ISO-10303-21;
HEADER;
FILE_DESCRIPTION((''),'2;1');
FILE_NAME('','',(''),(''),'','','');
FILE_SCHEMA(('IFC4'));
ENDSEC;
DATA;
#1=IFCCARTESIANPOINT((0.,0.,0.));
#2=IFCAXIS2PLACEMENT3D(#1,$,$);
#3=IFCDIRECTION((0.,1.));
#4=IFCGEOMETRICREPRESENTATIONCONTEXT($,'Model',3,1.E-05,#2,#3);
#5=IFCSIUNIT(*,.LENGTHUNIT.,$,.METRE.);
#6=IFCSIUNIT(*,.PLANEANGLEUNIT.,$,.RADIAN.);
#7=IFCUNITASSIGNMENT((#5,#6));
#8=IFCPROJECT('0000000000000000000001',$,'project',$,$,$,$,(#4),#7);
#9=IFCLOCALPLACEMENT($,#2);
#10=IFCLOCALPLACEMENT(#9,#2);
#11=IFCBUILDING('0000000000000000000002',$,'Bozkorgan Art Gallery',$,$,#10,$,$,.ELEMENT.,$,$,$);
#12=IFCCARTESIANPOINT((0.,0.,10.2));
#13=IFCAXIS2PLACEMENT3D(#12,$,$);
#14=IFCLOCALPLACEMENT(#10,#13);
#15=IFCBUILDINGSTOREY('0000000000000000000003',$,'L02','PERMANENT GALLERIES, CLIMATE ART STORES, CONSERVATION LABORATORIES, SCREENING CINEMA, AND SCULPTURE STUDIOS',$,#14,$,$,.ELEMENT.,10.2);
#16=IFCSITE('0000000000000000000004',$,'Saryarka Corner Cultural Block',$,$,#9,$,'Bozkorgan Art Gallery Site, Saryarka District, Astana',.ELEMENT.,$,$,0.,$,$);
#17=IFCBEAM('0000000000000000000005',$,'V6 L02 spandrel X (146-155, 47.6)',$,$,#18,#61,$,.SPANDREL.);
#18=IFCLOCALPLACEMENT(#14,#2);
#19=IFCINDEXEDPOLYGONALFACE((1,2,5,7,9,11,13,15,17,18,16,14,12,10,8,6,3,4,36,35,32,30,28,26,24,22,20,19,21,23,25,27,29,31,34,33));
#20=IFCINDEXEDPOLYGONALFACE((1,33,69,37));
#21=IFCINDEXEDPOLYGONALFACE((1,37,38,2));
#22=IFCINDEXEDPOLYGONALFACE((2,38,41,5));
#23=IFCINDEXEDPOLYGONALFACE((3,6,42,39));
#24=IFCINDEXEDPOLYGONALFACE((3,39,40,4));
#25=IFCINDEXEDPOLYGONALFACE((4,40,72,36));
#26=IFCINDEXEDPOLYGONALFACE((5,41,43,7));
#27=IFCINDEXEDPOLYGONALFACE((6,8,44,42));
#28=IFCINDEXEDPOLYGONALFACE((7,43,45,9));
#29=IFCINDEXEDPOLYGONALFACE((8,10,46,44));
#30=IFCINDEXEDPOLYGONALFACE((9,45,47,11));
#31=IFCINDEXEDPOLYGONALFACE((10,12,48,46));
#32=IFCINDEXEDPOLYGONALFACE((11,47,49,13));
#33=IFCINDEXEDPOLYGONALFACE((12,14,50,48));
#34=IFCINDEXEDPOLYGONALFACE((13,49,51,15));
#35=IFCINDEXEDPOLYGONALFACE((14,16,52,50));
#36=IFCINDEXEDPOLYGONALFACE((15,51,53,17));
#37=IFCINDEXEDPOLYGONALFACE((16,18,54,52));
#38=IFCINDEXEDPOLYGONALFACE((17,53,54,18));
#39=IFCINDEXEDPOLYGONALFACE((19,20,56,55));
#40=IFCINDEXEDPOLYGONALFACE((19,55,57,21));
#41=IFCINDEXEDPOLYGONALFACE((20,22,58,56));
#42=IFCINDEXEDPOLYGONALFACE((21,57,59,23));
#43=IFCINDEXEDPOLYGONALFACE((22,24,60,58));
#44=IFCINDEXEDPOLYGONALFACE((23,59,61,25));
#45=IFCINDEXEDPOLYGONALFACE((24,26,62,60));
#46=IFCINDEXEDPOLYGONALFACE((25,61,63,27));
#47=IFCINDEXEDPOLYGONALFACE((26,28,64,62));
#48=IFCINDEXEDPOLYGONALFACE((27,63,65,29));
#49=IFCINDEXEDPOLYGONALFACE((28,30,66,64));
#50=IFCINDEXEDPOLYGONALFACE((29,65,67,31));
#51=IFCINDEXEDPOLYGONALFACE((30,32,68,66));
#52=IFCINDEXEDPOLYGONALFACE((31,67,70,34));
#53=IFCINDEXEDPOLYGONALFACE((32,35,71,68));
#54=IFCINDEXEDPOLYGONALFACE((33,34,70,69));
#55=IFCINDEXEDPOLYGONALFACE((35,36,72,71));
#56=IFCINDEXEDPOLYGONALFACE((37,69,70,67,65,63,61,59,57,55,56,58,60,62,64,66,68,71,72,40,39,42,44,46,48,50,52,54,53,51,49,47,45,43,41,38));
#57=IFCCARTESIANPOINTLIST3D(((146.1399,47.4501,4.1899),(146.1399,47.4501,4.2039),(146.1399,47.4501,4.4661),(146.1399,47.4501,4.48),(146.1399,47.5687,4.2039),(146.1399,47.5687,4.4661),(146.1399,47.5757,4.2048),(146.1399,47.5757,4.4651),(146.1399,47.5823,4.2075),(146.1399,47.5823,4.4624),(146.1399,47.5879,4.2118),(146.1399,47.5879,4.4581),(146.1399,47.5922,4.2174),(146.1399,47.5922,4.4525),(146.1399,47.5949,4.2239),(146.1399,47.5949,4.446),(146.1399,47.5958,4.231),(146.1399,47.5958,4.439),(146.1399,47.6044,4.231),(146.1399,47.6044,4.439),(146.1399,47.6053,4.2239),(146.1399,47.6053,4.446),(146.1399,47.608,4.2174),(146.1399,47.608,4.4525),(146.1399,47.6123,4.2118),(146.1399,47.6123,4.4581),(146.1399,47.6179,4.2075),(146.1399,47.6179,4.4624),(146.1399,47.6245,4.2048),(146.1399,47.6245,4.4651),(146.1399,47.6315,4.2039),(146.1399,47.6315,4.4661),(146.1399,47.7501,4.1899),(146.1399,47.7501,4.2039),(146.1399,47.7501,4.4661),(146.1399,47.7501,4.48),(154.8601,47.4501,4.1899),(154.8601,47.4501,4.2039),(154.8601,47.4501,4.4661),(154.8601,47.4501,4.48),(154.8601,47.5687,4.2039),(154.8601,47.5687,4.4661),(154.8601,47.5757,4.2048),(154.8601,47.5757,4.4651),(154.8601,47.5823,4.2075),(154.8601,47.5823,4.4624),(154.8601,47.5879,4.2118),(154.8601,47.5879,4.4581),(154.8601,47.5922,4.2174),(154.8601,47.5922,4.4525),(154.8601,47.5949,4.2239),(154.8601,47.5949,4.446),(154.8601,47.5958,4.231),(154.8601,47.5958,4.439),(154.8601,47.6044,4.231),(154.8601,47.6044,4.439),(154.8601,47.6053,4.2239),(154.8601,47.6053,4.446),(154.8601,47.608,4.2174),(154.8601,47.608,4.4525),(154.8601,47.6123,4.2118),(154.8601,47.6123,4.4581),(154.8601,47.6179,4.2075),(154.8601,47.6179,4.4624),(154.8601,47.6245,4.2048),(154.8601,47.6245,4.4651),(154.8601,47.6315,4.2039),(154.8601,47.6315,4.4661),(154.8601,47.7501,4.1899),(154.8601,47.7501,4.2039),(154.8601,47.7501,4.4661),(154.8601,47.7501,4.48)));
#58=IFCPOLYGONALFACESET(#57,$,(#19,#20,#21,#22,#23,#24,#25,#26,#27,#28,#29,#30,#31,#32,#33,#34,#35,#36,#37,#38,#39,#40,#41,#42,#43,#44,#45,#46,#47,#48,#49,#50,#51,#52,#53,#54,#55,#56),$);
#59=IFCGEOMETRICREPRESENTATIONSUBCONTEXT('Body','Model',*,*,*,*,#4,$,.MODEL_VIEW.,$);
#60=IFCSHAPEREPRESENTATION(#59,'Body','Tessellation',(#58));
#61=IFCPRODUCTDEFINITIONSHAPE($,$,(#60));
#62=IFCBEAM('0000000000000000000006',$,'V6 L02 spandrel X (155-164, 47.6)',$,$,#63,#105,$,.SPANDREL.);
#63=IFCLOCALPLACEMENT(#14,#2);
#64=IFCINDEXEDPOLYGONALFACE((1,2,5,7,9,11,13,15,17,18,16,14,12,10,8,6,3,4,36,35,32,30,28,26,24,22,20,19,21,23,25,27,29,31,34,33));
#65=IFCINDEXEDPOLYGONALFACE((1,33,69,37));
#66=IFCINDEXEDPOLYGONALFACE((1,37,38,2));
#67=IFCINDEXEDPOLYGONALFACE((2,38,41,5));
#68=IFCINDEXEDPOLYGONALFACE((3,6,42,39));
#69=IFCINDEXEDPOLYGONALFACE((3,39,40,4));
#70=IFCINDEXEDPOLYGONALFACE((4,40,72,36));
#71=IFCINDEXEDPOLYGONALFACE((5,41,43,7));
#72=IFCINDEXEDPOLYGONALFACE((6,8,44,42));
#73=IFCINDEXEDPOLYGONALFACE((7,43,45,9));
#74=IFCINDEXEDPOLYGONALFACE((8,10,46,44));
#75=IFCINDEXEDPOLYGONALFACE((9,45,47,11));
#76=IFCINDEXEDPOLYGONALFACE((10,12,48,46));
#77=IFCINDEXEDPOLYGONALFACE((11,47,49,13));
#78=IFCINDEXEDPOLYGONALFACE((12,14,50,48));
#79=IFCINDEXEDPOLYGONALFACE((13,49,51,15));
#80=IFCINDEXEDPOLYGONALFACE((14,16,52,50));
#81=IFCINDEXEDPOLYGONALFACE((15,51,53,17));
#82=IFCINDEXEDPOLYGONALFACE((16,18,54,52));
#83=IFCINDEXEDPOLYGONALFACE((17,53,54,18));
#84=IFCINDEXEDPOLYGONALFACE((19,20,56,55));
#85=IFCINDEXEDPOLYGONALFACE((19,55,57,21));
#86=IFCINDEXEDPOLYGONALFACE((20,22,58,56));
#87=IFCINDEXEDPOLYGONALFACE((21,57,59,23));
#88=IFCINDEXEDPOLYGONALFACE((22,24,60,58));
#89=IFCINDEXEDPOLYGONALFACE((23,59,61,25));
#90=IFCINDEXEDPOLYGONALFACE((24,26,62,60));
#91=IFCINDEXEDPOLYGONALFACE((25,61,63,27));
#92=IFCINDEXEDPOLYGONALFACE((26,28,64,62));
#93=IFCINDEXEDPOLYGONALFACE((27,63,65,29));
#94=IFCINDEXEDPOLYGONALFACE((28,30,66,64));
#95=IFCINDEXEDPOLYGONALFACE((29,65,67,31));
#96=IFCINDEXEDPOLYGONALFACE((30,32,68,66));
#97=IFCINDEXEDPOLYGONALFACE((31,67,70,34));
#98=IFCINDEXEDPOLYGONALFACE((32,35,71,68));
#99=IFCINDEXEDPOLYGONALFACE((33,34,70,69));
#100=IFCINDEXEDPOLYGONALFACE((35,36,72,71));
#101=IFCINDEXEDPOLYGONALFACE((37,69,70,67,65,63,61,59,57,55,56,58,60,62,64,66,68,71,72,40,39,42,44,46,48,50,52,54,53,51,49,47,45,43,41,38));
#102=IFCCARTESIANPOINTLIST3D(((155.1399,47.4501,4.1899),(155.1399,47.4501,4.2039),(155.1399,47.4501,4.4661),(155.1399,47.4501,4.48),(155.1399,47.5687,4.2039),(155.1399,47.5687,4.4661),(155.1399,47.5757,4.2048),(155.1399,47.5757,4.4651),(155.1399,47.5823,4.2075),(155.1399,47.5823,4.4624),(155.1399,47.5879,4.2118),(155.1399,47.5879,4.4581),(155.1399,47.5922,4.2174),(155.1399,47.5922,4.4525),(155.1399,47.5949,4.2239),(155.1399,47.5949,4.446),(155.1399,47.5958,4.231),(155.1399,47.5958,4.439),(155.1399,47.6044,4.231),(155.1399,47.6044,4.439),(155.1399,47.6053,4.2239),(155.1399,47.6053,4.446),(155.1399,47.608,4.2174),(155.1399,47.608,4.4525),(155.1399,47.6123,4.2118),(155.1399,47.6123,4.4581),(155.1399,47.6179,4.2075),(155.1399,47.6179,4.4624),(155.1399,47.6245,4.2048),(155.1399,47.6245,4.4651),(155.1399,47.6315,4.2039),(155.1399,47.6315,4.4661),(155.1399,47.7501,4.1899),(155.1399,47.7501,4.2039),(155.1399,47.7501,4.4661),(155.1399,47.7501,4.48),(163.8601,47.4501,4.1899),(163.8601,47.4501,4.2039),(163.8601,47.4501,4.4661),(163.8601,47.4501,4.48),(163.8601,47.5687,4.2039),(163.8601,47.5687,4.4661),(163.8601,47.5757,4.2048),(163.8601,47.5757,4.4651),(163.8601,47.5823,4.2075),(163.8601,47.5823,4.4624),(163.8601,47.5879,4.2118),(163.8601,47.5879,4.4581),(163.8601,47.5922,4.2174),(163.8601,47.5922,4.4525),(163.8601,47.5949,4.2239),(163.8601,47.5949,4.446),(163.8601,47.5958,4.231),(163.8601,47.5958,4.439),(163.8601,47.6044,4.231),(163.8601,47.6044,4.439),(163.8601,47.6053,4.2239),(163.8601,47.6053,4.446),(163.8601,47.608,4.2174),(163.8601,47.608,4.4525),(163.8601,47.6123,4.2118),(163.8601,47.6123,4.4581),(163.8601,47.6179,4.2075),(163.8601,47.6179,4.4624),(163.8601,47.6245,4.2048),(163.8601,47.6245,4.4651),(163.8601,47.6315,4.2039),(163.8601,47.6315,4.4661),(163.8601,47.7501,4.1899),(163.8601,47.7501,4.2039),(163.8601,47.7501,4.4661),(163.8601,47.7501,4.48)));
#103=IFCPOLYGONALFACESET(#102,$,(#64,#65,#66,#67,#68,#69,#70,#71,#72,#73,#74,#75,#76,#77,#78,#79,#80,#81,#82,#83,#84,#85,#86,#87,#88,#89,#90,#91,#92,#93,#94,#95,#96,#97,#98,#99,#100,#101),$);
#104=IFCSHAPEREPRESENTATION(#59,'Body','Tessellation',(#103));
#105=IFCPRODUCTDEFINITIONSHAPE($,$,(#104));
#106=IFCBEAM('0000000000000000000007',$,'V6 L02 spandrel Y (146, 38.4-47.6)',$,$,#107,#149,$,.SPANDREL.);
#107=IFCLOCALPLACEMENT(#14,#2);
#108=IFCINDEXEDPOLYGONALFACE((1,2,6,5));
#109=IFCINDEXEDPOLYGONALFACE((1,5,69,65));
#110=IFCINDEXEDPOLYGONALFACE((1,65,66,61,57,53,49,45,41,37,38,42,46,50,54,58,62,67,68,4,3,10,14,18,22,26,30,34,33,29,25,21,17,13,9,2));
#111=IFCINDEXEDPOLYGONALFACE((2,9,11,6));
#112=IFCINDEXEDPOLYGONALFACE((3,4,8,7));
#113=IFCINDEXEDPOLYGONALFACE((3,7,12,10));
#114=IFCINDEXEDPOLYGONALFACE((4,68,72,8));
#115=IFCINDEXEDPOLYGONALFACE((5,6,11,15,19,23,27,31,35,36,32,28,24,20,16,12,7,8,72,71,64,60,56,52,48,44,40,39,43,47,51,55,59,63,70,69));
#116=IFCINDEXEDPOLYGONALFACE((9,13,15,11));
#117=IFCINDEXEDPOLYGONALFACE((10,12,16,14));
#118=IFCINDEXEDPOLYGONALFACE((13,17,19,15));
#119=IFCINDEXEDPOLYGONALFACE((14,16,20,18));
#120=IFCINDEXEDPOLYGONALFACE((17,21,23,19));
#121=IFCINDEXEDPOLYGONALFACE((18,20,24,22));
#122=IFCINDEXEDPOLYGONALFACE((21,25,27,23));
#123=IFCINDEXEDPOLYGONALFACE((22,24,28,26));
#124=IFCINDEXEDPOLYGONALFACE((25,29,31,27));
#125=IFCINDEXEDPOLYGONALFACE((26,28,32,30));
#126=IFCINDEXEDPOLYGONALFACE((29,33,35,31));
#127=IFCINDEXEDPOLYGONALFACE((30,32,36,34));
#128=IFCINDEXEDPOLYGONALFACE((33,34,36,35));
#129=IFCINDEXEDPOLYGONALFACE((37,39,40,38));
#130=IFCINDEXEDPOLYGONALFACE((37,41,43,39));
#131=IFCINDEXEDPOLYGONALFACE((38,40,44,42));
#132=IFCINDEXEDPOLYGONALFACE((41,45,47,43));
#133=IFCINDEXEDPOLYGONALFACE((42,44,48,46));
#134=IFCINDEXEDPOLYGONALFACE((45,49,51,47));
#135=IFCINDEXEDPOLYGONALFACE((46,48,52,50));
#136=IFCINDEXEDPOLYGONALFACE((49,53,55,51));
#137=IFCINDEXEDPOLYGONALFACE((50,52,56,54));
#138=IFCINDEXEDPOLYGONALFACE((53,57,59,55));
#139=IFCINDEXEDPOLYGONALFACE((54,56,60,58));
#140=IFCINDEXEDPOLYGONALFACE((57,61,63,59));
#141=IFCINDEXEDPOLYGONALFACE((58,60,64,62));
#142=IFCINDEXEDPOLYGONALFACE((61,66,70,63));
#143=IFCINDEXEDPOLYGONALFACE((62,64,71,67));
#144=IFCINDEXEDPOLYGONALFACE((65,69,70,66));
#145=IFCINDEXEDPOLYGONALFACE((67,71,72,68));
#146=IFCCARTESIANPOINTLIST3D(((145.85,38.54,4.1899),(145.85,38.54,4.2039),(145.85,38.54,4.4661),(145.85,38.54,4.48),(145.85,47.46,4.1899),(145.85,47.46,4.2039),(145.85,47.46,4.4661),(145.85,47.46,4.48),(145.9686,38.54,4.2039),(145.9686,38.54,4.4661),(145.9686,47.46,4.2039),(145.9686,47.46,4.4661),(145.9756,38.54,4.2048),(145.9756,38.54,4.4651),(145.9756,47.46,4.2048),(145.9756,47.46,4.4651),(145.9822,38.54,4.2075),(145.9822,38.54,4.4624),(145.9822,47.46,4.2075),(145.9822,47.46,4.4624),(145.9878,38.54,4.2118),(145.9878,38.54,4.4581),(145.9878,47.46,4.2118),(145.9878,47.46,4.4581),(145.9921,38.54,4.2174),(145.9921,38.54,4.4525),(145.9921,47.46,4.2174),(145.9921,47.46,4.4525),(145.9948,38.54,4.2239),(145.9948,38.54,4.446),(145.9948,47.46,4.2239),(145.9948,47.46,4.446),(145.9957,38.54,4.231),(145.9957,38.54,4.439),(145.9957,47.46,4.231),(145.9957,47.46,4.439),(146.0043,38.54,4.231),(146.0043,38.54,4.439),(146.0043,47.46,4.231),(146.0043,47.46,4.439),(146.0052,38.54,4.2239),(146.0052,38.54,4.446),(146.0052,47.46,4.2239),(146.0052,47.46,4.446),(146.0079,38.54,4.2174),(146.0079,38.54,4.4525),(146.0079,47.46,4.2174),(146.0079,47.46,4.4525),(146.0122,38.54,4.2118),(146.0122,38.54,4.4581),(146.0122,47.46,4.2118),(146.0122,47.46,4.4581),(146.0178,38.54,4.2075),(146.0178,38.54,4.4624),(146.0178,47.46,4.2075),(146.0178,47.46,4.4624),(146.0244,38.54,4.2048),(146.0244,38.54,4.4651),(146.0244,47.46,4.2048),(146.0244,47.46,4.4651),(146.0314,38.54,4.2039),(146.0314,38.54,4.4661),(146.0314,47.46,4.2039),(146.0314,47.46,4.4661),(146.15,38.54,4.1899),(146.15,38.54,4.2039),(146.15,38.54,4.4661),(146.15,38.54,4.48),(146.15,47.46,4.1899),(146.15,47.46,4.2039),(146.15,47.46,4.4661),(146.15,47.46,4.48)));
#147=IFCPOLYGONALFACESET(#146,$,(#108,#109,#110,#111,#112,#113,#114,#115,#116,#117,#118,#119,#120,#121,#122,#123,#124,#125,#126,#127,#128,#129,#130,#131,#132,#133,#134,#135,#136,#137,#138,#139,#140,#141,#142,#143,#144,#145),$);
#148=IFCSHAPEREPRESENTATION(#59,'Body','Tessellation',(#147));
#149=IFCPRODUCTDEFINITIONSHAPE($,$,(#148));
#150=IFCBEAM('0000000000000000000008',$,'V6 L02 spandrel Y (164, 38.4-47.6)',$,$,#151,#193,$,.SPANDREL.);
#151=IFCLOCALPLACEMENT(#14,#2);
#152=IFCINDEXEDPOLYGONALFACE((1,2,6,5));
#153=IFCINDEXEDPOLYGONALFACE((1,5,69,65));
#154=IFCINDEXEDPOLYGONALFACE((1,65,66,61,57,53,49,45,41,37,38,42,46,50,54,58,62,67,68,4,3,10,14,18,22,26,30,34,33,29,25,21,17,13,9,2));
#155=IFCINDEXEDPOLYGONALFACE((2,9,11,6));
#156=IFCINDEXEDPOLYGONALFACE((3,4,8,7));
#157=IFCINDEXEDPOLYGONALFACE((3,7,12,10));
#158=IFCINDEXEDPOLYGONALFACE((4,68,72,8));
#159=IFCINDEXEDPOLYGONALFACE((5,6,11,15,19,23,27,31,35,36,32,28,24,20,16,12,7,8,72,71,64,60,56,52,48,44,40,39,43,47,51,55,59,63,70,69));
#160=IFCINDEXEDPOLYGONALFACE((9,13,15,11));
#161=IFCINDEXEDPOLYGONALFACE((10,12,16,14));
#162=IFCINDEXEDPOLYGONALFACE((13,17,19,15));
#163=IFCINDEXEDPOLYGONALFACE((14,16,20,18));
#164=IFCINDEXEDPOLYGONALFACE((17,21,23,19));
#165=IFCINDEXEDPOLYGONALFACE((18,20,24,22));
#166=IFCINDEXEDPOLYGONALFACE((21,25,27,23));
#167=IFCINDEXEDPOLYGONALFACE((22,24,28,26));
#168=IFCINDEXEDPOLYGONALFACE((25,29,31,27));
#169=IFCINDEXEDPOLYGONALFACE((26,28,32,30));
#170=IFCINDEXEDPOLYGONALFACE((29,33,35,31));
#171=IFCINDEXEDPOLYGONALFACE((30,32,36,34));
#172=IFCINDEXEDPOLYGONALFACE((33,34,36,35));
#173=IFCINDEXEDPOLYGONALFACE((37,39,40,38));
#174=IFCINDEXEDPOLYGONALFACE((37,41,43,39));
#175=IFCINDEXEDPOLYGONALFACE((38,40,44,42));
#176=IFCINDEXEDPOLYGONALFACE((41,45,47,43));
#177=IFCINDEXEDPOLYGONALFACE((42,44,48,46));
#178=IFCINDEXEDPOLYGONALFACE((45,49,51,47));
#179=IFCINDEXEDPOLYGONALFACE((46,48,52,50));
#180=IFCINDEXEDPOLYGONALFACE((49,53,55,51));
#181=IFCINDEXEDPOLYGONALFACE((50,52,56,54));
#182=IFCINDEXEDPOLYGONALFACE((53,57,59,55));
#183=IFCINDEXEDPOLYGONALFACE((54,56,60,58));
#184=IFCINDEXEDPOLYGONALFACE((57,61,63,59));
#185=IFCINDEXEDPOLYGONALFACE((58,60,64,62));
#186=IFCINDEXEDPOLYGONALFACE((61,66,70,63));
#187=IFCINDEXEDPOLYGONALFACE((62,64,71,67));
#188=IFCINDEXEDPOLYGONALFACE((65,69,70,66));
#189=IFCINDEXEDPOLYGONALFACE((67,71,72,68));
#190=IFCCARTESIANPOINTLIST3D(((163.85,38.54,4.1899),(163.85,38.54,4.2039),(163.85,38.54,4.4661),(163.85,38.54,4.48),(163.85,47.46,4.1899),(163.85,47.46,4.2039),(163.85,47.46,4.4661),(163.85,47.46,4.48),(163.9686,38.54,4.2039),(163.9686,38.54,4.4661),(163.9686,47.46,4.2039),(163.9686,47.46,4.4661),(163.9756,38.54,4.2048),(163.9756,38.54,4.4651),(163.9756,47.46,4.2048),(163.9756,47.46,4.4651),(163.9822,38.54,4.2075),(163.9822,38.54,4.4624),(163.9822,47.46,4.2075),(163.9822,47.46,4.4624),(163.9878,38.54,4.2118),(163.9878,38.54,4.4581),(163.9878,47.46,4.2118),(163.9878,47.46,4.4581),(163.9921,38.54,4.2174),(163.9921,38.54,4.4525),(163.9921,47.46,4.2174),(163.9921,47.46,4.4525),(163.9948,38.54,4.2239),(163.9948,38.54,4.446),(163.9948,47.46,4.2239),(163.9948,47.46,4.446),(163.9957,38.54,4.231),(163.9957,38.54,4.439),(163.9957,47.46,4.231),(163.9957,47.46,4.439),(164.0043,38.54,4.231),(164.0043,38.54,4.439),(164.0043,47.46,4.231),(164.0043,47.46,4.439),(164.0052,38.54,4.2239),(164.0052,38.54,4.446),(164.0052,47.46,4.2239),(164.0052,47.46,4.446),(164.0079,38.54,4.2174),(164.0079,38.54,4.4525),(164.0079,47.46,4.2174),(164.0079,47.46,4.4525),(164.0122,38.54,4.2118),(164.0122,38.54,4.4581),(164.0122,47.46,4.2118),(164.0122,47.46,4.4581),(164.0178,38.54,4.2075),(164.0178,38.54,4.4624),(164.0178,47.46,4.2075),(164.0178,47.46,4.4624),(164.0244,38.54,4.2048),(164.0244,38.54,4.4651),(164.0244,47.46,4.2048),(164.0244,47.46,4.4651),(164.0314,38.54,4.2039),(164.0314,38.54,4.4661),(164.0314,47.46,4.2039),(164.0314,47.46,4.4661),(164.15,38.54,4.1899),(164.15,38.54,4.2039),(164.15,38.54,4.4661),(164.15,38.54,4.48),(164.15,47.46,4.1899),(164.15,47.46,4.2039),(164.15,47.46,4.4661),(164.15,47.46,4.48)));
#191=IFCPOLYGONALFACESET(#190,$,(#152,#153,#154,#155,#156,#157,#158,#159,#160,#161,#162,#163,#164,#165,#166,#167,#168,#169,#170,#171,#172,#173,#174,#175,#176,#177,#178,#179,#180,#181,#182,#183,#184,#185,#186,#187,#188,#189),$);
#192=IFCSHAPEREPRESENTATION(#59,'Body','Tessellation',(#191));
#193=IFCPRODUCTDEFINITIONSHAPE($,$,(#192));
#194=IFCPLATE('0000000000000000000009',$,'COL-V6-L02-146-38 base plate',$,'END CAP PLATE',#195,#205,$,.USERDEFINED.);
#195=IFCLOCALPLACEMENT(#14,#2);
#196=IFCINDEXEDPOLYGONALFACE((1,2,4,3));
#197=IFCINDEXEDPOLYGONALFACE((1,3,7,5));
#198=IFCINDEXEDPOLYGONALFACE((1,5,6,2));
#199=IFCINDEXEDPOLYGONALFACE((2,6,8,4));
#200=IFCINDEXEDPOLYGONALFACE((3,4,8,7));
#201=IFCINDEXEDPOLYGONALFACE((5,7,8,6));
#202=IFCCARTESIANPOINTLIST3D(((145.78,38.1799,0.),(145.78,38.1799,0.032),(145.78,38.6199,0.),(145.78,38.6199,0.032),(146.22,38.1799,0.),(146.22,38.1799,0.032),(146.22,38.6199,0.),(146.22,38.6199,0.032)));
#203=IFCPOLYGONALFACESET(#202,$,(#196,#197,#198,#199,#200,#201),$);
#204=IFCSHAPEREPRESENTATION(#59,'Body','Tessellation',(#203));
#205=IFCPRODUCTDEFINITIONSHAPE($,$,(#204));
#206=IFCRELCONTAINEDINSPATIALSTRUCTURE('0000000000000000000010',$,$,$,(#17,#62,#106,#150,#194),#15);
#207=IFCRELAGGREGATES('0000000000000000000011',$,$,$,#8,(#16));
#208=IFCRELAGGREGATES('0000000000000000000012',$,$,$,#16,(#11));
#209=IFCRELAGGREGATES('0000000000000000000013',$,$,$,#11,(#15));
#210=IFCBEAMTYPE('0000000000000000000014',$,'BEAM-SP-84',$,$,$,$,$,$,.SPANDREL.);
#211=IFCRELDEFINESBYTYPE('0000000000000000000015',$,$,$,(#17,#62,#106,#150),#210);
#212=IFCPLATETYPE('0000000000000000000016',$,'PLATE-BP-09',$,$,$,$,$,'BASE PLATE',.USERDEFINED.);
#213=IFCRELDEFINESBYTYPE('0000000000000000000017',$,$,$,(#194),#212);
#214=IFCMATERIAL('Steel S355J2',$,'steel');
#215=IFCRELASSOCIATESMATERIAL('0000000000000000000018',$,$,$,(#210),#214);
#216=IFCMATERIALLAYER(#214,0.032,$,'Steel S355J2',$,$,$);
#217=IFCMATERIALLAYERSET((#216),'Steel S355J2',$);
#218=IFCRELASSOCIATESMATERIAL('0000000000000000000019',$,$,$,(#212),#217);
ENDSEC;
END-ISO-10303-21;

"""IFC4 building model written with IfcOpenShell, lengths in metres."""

from ifc_helpers import new_model, si_unit, direction, frame, origin, origin_2d, place, context, subcontext, project, spatial, rectangle, i_section, extrude, material, layer, layer_set, material_profile, profile_set, type_object, element, save


model = new_model("IFC4")

# Units and contexts
model_context = context("Model", 3, precision=1e-05, world=origin(), true_north=direction((0.0, 1.0)))
body_context = subcontext(model_context, "Body", "Model", "MODEL_VIEW")
ifc_project = project(units=[si_unit("LENGTHUNIT", "METRE"), si_unit("PLANEANGLEUNIT", "RADIAN")], contexts=[model_context])

# Site, building, storey
site_placement = place(None, origin())
site = spatial("IfcSite", under=ifc_project, at=site_placement, Name="Saryarka Corner Cultural Block", LongName="Bozkorgan Art Gallery Site, Saryarka District, Astana", CompositionType="ELEMENT", RefElevation=0.0)
building_placement = place(site_placement, origin())
building = spatial("IfcBuilding", under=site, at=building_placement, Name="Bozkorgan Art Gallery", CompositionType="ELEMENT")
storey_placement = place(building_placement, frame((0.0, 0.0, 10.2)))
storey = spatial("IfcBuildingStorey", under=building, at=storey_placement, Name="L02", Description="PERMANENT GALLERIES, CLIMATE ART STORES, CONSERVATION LABORATORIES, SCREENING CINEMA, AND SCULPTURE STUDIOS", CompositionType="ELEMENT", Elevation=10.2)

# Shared definitions
ifc_material_1 = material(Name="Steel S355J2", Category="steel")

# Beams
ifc_material_profile_1 = material_profile(ifc_material_1, i_section(OverallWidth=0.3, OverallDepth=0.29, WebThickness=0.0085, FlangeThickness=0.0139, FilletRadius=0.0271, at=origin_2d()), Name="HEA 300")
ifc_profile_set_1 = profile_set([ifc_material_profile_1], Name="Steel S355J2")
beam_type_1 = type_object("IfcBeamType", Name="BEAM-SP-84", PredefinedType="SPANDREL", material=ifc_profile_set_1)
for number, where, z_axis, x_axis, name in (
    (1, (146.1399, 47.6001, 4.335), (1.0, 0.0, 0.0), (0.0, 1.0, 0.0), "V6 L02 spandrel X (146-155, 47.6)"),
    (2, (155.1399, 47.6001, 4.335), (1.0, 0.0, 0.0), (0.0, 1.0, 0.0), "V6 L02 spandrel X (155-164, 47.6)"),
):
    element("IfcBeam", number, at=place(storey_placement, frame(where, z_axis=z_axis, x_axis=x_axis)), inside=storey, type_object=beam_type_1, Name=name, PredefinedType="SPANDREL", context=body_context, shape_type="SweptSolid", body=[
        extrude(i_section(OverallWidth=0.3, OverallDepth=0.29, WebThickness=0.0085, FlangeThickness=0.0139, FilletRadius=0.0271, at=origin_2d()), origin(), (0.0, 0.0, 1.0), 8.7202),
    ])
for number, where, z_axis, x_axis, name in (
    (3, (146.0, 38.54, 4.335), (0.0, 1.0, 0.0), (-1.0, 0.0, 0.0), "V6 L02 spandrel Y (146, 38.4-47.6)"),
    (4, (164.0, 38.54, 4.335), (0.0, 1.0, 0.0), (-1.0, 0.0, 0.0), "V6 L02 spandrel Y (164, 38.4-47.6)"),
):
    element("IfcBeam", number, at=place(storey_placement, frame(where, z_axis=z_axis, x_axis=x_axis)), inside=storey, type_object=beam_type_1, Name=name, PredefinedType="SPANDREL", context=body_context, shape_type="SweptSolid", body=[
        extrude(i_section(OverallWidth=0.3, OverallDepth=0.29, WebThickness=0.0085, FlangeThickness=0.0139, FilletRadius=0.0271, at=origin_2d()), origin(), (0.0, 0.0, 1.0), 8.9199),
    ])

# Plate
ifc_layer_1 = layer(ifc_material_1, 0.032, Name="Steel S355J2")
ifc_layer_set_1 = layer_set([ifc_layer_1], Name="Steel S355J2")
plate_type_1 = type_object("IfcPlateType", Name="PLATE-BP-09", ElementType="BASE PLATE", PredefinedType="USERDEFINED", material=ifc_layer_set_1)
for number, where, z_axis, x_axis, name in (
    (5, (146.0, 38.3999, 0.0), (0.0, 0.0, 1.0), (1.0, 0.0, 0.0), "COL-V6-L02-146-38 base plate"),
):
    element("IfcPlate", number, at=place(storey_placement, frame(where, z_axis=z_axis, x_axis=x_axis)), inside=storey, type_object=plate_type_1, Name=name, ObjectType="END CAP PLATE", PredefinedType="USERDEFINED", context=body_context, shape_type="SweptSolid", body=[
        extrude(rectangle(XDim=0.4399, YDim=0.4399, at=origin_2d()), origin(), (0.0, 0.0, 1.0), 0.032),
    ])

save(model, "model.ifc")
